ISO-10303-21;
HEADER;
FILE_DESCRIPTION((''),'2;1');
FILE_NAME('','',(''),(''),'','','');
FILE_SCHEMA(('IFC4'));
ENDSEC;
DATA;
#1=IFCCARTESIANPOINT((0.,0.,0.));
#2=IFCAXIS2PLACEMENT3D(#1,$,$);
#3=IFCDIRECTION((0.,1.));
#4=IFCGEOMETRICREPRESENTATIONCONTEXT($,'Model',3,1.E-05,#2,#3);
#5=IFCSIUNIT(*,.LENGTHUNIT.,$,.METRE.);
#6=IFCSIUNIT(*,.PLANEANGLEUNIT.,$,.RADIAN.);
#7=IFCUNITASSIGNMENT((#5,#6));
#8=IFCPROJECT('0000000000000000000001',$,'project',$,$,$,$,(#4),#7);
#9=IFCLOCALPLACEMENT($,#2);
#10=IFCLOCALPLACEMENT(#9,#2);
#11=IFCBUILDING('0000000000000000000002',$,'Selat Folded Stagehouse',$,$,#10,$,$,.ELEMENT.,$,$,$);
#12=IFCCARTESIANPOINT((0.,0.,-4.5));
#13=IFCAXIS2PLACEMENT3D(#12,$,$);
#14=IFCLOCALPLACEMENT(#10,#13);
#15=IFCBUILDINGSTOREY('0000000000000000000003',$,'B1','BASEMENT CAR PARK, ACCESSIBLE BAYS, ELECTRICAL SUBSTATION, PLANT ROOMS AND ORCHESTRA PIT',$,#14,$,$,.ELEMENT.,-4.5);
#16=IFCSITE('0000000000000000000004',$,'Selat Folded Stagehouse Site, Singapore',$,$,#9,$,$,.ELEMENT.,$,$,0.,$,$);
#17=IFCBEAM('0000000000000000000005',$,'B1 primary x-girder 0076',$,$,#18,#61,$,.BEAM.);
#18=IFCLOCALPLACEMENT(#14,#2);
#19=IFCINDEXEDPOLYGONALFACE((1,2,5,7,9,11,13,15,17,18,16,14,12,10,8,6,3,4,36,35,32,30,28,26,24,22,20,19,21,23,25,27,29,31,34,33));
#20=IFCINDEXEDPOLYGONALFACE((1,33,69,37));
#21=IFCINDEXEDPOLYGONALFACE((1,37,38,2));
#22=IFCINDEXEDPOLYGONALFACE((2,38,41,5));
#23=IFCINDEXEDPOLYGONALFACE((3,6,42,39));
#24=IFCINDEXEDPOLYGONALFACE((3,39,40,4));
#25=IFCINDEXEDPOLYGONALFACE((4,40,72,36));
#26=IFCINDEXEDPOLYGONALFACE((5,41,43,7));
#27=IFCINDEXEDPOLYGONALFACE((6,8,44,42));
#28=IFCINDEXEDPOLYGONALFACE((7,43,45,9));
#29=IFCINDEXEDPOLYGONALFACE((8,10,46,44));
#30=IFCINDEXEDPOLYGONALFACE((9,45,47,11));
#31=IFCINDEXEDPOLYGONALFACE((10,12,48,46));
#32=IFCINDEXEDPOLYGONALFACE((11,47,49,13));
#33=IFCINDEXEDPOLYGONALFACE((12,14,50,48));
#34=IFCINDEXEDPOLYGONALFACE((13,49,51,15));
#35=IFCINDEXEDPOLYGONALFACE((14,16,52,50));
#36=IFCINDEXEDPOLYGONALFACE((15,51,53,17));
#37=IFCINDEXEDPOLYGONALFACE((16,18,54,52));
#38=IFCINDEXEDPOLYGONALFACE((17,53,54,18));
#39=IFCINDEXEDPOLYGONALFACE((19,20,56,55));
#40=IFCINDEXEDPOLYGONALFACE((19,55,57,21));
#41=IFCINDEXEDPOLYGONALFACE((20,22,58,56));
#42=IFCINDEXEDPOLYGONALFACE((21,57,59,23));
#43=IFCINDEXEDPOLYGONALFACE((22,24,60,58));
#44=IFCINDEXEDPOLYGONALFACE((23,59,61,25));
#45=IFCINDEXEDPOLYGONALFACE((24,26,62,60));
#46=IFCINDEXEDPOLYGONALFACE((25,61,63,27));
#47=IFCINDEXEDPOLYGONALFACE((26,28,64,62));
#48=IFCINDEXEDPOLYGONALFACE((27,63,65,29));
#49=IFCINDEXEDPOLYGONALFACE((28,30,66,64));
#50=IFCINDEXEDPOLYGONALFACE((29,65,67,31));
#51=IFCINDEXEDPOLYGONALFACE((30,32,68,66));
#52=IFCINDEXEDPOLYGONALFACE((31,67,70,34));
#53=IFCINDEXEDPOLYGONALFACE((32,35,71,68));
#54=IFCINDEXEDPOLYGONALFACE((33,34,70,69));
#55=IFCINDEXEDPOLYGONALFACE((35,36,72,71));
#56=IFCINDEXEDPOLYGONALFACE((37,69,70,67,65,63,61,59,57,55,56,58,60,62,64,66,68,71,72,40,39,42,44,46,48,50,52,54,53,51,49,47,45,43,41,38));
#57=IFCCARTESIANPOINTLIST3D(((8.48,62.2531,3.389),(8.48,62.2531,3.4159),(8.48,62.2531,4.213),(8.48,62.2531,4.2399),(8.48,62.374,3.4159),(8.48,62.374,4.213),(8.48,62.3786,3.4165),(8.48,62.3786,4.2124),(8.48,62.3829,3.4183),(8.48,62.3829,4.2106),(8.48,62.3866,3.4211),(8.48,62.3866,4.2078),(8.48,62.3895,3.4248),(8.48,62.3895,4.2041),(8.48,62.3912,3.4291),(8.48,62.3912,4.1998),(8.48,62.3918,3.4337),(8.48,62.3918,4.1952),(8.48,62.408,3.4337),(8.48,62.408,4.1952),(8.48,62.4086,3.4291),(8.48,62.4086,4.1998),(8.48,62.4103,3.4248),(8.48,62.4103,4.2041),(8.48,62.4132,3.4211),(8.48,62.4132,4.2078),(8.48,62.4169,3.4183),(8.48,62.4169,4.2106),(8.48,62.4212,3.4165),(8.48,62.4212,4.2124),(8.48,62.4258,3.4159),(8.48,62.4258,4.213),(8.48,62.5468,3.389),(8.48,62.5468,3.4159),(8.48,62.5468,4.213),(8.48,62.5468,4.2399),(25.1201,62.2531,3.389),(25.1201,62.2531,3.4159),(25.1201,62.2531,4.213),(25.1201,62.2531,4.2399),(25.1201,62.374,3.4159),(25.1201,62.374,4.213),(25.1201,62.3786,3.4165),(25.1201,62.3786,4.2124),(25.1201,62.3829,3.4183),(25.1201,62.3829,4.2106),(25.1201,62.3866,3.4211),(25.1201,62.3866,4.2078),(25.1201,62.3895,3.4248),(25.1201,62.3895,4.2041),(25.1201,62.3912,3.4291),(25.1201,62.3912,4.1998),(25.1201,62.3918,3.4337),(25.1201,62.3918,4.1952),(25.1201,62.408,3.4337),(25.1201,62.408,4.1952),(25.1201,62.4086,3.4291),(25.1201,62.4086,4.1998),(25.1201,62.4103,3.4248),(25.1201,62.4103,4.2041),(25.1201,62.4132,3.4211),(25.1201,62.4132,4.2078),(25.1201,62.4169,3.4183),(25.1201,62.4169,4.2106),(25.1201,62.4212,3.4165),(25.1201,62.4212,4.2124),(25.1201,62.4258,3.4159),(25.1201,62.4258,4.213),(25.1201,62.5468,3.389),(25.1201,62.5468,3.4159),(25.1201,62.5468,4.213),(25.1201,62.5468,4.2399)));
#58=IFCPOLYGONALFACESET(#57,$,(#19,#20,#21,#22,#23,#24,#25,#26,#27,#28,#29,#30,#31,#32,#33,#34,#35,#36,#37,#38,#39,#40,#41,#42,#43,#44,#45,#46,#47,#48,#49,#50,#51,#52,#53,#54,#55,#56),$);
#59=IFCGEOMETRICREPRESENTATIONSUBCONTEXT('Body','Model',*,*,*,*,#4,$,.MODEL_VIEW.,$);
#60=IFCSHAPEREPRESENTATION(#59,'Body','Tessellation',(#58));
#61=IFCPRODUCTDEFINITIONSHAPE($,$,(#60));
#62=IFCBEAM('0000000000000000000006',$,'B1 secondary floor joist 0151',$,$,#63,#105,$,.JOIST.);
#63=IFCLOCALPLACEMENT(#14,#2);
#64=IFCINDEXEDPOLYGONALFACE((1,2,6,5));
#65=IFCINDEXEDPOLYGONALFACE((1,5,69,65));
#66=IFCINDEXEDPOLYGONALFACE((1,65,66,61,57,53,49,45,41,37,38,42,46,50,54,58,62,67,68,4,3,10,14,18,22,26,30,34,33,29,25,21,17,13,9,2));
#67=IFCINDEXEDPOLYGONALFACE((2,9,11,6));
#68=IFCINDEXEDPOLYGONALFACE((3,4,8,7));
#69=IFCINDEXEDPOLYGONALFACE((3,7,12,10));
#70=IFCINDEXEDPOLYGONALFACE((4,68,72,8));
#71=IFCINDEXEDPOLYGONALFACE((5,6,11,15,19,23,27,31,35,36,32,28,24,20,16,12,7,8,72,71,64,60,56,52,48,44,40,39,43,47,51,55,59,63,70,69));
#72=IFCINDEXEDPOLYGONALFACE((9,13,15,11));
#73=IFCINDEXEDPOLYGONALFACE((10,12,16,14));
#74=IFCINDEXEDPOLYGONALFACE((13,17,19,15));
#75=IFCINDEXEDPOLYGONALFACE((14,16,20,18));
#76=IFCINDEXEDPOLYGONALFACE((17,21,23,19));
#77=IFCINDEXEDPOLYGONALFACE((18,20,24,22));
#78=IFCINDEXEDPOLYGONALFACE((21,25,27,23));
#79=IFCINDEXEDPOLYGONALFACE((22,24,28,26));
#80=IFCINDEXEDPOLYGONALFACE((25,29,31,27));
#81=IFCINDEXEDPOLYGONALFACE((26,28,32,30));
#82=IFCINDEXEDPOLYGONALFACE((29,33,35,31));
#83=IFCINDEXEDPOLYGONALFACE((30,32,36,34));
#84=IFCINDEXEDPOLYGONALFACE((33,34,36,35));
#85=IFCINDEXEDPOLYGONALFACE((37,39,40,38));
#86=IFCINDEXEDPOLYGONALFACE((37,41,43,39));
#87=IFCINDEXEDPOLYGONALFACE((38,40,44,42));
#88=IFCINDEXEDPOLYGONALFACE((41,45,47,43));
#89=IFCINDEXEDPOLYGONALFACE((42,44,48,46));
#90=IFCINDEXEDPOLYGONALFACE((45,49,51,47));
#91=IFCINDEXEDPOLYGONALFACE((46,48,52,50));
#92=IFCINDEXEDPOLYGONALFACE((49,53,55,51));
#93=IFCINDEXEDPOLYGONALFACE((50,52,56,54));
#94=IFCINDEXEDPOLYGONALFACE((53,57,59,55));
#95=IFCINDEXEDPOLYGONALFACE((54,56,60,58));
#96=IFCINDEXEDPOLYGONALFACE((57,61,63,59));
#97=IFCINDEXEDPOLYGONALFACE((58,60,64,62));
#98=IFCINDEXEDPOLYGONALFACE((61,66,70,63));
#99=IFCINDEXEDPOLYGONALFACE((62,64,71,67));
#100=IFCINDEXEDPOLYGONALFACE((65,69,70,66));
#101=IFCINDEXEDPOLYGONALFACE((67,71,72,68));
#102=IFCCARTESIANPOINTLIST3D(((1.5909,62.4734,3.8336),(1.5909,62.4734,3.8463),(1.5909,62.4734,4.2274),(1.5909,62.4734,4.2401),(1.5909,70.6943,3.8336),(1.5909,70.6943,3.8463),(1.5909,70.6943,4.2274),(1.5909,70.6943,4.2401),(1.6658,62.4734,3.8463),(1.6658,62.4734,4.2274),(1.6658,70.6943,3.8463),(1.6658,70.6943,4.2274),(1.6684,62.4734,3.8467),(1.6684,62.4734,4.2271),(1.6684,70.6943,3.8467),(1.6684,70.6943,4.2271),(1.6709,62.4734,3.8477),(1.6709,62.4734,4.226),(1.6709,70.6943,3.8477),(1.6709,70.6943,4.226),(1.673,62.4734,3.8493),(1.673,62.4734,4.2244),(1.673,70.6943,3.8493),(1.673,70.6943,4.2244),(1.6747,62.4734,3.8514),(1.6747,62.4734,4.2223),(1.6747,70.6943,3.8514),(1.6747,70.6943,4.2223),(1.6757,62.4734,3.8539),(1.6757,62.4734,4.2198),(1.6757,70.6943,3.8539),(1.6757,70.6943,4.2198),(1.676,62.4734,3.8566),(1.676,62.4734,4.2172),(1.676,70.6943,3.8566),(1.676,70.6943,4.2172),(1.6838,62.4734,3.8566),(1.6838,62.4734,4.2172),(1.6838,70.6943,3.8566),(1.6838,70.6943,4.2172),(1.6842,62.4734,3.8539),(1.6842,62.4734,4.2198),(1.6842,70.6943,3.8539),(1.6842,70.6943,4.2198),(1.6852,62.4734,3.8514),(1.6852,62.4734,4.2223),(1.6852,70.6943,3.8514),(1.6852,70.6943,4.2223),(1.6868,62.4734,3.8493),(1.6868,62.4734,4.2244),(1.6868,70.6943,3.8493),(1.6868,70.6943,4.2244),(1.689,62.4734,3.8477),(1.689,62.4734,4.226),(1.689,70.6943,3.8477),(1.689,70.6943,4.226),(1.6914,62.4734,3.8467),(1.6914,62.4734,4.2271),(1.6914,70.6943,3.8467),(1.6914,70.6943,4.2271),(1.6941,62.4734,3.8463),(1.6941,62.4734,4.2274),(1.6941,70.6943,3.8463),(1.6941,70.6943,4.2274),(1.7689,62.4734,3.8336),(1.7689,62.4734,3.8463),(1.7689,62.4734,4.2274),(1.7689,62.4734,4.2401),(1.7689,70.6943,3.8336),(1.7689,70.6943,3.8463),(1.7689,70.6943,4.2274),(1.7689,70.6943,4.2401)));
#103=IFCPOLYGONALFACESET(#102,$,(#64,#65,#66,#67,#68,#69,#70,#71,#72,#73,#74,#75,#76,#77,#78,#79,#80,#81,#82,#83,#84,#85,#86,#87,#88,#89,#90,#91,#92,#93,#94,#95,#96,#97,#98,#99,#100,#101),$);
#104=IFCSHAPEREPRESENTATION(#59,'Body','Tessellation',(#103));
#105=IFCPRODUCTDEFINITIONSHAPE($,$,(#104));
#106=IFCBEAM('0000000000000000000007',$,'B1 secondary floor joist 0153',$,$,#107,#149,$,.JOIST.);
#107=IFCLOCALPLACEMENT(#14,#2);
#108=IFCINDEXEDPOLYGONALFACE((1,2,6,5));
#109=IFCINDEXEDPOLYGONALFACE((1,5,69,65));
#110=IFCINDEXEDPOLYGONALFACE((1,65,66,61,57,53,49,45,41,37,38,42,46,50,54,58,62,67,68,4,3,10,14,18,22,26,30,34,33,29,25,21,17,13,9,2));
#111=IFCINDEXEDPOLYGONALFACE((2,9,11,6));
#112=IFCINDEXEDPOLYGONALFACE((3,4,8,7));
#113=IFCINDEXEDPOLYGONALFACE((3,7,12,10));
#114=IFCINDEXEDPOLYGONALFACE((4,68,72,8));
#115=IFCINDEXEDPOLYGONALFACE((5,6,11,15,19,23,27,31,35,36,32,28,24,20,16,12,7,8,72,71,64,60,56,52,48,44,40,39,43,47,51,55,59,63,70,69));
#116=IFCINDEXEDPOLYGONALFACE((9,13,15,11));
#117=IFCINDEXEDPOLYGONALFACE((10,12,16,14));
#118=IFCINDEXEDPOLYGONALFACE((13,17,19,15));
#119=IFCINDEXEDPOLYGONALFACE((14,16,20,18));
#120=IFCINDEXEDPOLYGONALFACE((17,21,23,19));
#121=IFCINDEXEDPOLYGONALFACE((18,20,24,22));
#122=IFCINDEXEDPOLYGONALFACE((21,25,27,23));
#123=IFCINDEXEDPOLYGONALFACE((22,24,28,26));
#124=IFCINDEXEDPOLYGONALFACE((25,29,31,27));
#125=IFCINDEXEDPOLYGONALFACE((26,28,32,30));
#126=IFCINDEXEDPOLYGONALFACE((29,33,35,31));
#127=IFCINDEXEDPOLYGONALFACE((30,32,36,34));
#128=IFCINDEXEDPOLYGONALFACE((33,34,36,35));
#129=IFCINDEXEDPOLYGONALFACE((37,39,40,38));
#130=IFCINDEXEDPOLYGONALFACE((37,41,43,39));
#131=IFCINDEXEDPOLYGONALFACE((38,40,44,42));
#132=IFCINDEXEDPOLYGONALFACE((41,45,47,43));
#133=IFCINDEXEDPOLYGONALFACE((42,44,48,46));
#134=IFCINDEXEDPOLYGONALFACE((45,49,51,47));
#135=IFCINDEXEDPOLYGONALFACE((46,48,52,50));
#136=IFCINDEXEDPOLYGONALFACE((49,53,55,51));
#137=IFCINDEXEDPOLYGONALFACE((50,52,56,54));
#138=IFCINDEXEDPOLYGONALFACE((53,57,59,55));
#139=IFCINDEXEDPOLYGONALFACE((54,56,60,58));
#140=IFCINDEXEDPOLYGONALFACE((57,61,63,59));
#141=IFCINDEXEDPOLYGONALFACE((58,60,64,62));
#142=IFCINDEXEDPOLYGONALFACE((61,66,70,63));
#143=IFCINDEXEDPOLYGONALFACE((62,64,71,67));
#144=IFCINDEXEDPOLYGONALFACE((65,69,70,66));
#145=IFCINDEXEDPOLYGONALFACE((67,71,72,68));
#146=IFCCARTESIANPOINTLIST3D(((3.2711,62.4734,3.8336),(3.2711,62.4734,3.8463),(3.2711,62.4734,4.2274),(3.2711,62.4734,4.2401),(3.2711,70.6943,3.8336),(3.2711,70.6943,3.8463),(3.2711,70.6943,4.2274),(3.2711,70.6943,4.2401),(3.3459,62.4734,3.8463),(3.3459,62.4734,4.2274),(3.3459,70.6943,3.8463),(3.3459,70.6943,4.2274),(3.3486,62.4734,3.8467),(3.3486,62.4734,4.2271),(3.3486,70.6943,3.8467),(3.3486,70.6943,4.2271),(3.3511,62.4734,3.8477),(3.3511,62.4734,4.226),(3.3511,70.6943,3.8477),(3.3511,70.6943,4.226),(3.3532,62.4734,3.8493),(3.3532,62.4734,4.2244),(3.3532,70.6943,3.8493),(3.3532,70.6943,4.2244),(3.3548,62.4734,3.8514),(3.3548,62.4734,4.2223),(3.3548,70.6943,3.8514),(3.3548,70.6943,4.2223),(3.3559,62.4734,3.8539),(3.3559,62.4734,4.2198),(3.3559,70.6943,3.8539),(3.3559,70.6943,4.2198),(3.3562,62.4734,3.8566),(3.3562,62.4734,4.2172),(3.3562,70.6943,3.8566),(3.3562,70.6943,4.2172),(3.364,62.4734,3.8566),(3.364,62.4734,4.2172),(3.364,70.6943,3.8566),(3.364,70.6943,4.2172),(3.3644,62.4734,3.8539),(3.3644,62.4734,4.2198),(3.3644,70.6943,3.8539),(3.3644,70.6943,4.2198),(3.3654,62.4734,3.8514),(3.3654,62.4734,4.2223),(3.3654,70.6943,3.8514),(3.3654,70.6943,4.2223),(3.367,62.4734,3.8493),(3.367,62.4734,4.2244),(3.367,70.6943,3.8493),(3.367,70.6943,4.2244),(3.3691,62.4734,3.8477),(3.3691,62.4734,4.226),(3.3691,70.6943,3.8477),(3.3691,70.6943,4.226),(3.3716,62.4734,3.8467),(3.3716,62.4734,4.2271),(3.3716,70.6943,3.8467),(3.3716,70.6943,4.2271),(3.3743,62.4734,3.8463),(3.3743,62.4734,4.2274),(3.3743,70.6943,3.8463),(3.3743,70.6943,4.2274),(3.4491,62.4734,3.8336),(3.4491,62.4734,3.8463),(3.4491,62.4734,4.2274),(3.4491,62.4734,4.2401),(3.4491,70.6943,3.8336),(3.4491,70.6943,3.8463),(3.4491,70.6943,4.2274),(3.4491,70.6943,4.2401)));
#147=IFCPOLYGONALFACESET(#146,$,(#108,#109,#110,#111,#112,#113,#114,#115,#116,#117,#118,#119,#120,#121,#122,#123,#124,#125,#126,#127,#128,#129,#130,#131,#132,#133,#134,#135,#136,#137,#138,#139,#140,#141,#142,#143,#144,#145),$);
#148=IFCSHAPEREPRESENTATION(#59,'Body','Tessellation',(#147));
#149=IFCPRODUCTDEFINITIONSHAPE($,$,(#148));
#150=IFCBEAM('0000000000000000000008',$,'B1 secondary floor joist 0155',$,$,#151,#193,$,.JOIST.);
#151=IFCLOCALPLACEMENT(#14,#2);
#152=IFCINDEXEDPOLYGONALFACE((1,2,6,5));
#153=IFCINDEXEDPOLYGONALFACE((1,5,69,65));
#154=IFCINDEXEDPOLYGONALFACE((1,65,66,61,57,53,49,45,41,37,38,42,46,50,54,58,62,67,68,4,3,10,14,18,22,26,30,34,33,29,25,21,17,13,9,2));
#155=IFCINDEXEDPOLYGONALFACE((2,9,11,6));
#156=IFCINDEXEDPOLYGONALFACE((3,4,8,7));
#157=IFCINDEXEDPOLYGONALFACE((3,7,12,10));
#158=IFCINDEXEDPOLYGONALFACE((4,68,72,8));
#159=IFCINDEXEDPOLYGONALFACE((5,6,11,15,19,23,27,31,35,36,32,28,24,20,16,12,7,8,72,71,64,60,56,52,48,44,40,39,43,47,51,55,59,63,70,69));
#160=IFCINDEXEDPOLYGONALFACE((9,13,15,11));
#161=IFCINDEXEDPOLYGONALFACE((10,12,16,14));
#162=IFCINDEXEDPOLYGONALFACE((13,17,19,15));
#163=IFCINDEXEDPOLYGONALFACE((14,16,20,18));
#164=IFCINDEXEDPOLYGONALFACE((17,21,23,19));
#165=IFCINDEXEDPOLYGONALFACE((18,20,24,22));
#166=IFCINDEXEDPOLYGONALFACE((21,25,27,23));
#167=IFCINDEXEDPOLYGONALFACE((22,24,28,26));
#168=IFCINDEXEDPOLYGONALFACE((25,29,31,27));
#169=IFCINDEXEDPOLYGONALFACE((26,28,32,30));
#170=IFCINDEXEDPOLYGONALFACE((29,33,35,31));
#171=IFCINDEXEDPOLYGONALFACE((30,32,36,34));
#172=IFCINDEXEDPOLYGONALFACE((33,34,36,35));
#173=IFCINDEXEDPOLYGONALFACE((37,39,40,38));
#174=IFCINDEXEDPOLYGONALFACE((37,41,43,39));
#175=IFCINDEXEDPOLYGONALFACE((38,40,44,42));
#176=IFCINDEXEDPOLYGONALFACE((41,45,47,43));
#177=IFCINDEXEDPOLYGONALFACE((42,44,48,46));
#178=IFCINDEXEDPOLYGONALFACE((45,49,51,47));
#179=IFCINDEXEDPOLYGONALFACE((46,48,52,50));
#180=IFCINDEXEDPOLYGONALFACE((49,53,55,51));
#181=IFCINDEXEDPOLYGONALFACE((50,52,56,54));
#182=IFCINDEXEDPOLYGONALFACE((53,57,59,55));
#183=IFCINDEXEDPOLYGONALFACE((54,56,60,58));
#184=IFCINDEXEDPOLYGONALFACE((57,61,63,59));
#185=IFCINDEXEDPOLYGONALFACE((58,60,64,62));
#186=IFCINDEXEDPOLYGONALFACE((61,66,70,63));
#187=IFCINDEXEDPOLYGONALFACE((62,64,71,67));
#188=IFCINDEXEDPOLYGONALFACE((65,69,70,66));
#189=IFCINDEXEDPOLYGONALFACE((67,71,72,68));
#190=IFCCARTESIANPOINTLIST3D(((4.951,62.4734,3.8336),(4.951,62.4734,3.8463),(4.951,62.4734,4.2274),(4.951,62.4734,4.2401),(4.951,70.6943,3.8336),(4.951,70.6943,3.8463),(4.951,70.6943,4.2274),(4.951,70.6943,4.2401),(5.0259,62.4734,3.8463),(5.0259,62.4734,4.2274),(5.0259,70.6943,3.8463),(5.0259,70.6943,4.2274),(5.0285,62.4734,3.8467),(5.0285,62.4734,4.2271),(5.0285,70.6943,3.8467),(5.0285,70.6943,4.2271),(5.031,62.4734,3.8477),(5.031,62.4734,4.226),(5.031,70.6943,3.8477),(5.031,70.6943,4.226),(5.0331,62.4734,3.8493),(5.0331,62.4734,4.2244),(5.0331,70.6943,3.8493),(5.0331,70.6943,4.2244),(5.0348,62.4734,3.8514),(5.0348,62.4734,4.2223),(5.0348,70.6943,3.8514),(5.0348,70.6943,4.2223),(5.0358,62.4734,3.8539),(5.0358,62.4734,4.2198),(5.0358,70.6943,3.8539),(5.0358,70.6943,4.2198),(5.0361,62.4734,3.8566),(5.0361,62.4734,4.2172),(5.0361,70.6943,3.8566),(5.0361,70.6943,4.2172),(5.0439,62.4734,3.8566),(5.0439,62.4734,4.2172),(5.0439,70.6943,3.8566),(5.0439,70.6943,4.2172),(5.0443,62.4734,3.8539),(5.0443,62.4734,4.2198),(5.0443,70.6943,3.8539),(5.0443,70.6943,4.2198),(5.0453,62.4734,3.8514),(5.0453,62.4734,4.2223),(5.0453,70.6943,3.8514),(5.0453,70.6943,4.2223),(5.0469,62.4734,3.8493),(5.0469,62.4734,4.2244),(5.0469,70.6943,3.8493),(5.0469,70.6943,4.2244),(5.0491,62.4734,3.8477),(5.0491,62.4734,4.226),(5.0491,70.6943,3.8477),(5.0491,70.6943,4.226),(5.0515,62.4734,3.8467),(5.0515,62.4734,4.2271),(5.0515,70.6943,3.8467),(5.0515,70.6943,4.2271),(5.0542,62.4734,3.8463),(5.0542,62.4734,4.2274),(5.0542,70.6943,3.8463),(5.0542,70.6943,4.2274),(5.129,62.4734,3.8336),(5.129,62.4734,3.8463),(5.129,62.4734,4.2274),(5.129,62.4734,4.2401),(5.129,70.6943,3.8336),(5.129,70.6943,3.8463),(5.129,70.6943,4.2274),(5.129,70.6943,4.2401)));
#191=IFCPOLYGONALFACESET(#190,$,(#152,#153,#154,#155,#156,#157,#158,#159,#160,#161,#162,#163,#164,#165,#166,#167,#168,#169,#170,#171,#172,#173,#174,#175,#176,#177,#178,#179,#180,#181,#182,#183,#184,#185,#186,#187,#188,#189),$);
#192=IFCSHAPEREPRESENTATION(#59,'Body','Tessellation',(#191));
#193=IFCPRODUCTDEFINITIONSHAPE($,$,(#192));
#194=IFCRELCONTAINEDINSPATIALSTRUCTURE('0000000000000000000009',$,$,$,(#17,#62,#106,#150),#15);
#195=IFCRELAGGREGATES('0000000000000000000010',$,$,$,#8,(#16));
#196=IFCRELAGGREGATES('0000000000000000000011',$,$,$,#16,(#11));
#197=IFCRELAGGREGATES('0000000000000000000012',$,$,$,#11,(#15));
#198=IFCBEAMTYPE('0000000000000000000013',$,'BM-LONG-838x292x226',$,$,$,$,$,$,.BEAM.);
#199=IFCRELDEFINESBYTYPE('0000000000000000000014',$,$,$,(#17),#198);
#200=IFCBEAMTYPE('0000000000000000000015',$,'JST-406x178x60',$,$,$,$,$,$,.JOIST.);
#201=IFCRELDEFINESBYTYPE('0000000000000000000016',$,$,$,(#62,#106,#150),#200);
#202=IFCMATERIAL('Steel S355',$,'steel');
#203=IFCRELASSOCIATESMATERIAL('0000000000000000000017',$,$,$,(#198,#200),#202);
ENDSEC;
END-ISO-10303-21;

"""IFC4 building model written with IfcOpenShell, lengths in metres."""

from ifc_helpers import new_model, si_unit, direction, frame, origin, origin_2d, place, context, subcontext, project, spatial, i_section, extrude, material, material_profile, profile_set, type_object, element, save


model = new_model("IFC4")

# Units and contexts
model_context = context("Model", 3, precision=1e-05, world=origin(), true_north=direction((0.0, 1.0)))
body_context = subcontext(model_context, "Body", "Model", "MODEL_VIEW")
ifc_project = project(units=[si_unit("LENGTHUNIT", "METRE"), si_unit("PLANEANGLEUNIT", "RADIAN")], contexts=[model_context])

# Site, building, storey
site_placement = place(None, origin())
site = spatial("IfcSite", under=ifc_project, at=site_placement, Name="Selat Folded Stagehouse Site, Singapore", CompositionType="ELEMENT", RefElevation=0.0)
building_placement = place(site_placement, origin())
building = spatial("IfcBuilding", under=site, at=building_placement, Name="Selat Folded Stagehouse", CompositionType="ELEMENT")
storey_placement = place(building_placement, frame((0.0, 0.0, -4.5)))
storey = spatial("IfcBuildingStorey", under=building, at=storey_placement, Name="B1", Description="BASEMENT CAR PARK, ACCESSIBLE BAYS, ELECTRICAL SUBSTATION, PLANT ROOMS AND ORCHESTRA PIT", CompositionType="ELEMENT", Elevation=-4.5)

# Shared definitions
ifc_material_1 = material(Name="Steel S355", Category="steel")

# Beams
ifc_material_profile_1 = material_profile(ifc_material_1, i_section(OverallWidth=0.2937, OverallDepth=0.8508, WebThickness=0.0161, FlangeThickness=0.0269, FilletRadius=0.0178, at=origin_2d()), Name="UKB 838x292x226")
ifc_profile_set_1 = profile_set([ifc_material_profile_1], Name="Steel S355")
beam_type_1 = type_object("IfcBeamType", Name="BM-LONG-838x292x226", PredefinedType="BEAM", material=ifc_profile_set_1)
beam_1_placement = place(storey_placement, frame((8.48, 62.3999, 3.8145), z_axis=(1.0, 0.0, 0.0), x_axis=(0.0, 1.0, 0.0)))
element("IfcBeam", 1, at=beam_1_placement, inside=storey, type_object=beam_type_1, Name="B1 primary x-girder 0076", PredefinedType="BEAM", context=body_context, shape_type="SweptSolid", body=[
    extrude(i_section(OverallWidth=0.2937, OverallDepth=0.8508, WebThickness=0.0161, FlangeThickness=0.0269, FilletRadius=0.0178, at=origin_2d()), origin(), (0.0, 0.0, 1.0), 16.6401),
])
ifc_material_profile_2 = material_profile(ifc_material_1, i_section(OverallWidth=0.178, OverallDepth=0.4065, WebThickness=0.0078, FlangeThickness=0.0127, FilletRadius=0.0103, at=origin_2d()), Name="UKB 406x178x60")
ifc_profile_set_2 = profile_set([ifc_material_profile_2], Name="Steel S355")
beam_type_2 = type_object("IfcBeamType", Name="JST-406x178x60", PredefinedType="JOIST", material=ifc_profile_set_2)
for number, where, z_axis, x_axis, name in (
    (2, (1.6799, 62.4734, 4.0369), (0.0, 1.0, 0.0), (-1.0, 0.0, 0.0), "B1 secondary floor joist 0151"),
    (3, (3.3601, 62.4734, 4.0369), (0.0, 1.0, 0.0), (-1.0, 0.0, 0.0), "B1 secondary floor joist 0153"),
    (4, (5.04, 62.4734, 4.0369), (0.0, 1.0, 0.0), (-1.0, 0.0, 0.0), "B1 secondary floor joist 0155"),
):
    element("IfcBeam", number, at=place(storey_placement, frame(where, z_axis=z_axis, x_axis=x_axis)), inside=storey, type_object=beam_type_2, Name=name, PredefinedType="JOIST", context=body_context, shape_type="SweptSolid", body=[
        extrude(i_section(OverallWidth=0.178, OverallDepth=0.4065, WebThickness=0.0078, FlangeThickness=0.0127, FilletRadius=0.0103, at=origin_2d()), origin(), (0.0, 0.0, 1.0), 8.2209),
    ])

save(model, "model.ifc")
